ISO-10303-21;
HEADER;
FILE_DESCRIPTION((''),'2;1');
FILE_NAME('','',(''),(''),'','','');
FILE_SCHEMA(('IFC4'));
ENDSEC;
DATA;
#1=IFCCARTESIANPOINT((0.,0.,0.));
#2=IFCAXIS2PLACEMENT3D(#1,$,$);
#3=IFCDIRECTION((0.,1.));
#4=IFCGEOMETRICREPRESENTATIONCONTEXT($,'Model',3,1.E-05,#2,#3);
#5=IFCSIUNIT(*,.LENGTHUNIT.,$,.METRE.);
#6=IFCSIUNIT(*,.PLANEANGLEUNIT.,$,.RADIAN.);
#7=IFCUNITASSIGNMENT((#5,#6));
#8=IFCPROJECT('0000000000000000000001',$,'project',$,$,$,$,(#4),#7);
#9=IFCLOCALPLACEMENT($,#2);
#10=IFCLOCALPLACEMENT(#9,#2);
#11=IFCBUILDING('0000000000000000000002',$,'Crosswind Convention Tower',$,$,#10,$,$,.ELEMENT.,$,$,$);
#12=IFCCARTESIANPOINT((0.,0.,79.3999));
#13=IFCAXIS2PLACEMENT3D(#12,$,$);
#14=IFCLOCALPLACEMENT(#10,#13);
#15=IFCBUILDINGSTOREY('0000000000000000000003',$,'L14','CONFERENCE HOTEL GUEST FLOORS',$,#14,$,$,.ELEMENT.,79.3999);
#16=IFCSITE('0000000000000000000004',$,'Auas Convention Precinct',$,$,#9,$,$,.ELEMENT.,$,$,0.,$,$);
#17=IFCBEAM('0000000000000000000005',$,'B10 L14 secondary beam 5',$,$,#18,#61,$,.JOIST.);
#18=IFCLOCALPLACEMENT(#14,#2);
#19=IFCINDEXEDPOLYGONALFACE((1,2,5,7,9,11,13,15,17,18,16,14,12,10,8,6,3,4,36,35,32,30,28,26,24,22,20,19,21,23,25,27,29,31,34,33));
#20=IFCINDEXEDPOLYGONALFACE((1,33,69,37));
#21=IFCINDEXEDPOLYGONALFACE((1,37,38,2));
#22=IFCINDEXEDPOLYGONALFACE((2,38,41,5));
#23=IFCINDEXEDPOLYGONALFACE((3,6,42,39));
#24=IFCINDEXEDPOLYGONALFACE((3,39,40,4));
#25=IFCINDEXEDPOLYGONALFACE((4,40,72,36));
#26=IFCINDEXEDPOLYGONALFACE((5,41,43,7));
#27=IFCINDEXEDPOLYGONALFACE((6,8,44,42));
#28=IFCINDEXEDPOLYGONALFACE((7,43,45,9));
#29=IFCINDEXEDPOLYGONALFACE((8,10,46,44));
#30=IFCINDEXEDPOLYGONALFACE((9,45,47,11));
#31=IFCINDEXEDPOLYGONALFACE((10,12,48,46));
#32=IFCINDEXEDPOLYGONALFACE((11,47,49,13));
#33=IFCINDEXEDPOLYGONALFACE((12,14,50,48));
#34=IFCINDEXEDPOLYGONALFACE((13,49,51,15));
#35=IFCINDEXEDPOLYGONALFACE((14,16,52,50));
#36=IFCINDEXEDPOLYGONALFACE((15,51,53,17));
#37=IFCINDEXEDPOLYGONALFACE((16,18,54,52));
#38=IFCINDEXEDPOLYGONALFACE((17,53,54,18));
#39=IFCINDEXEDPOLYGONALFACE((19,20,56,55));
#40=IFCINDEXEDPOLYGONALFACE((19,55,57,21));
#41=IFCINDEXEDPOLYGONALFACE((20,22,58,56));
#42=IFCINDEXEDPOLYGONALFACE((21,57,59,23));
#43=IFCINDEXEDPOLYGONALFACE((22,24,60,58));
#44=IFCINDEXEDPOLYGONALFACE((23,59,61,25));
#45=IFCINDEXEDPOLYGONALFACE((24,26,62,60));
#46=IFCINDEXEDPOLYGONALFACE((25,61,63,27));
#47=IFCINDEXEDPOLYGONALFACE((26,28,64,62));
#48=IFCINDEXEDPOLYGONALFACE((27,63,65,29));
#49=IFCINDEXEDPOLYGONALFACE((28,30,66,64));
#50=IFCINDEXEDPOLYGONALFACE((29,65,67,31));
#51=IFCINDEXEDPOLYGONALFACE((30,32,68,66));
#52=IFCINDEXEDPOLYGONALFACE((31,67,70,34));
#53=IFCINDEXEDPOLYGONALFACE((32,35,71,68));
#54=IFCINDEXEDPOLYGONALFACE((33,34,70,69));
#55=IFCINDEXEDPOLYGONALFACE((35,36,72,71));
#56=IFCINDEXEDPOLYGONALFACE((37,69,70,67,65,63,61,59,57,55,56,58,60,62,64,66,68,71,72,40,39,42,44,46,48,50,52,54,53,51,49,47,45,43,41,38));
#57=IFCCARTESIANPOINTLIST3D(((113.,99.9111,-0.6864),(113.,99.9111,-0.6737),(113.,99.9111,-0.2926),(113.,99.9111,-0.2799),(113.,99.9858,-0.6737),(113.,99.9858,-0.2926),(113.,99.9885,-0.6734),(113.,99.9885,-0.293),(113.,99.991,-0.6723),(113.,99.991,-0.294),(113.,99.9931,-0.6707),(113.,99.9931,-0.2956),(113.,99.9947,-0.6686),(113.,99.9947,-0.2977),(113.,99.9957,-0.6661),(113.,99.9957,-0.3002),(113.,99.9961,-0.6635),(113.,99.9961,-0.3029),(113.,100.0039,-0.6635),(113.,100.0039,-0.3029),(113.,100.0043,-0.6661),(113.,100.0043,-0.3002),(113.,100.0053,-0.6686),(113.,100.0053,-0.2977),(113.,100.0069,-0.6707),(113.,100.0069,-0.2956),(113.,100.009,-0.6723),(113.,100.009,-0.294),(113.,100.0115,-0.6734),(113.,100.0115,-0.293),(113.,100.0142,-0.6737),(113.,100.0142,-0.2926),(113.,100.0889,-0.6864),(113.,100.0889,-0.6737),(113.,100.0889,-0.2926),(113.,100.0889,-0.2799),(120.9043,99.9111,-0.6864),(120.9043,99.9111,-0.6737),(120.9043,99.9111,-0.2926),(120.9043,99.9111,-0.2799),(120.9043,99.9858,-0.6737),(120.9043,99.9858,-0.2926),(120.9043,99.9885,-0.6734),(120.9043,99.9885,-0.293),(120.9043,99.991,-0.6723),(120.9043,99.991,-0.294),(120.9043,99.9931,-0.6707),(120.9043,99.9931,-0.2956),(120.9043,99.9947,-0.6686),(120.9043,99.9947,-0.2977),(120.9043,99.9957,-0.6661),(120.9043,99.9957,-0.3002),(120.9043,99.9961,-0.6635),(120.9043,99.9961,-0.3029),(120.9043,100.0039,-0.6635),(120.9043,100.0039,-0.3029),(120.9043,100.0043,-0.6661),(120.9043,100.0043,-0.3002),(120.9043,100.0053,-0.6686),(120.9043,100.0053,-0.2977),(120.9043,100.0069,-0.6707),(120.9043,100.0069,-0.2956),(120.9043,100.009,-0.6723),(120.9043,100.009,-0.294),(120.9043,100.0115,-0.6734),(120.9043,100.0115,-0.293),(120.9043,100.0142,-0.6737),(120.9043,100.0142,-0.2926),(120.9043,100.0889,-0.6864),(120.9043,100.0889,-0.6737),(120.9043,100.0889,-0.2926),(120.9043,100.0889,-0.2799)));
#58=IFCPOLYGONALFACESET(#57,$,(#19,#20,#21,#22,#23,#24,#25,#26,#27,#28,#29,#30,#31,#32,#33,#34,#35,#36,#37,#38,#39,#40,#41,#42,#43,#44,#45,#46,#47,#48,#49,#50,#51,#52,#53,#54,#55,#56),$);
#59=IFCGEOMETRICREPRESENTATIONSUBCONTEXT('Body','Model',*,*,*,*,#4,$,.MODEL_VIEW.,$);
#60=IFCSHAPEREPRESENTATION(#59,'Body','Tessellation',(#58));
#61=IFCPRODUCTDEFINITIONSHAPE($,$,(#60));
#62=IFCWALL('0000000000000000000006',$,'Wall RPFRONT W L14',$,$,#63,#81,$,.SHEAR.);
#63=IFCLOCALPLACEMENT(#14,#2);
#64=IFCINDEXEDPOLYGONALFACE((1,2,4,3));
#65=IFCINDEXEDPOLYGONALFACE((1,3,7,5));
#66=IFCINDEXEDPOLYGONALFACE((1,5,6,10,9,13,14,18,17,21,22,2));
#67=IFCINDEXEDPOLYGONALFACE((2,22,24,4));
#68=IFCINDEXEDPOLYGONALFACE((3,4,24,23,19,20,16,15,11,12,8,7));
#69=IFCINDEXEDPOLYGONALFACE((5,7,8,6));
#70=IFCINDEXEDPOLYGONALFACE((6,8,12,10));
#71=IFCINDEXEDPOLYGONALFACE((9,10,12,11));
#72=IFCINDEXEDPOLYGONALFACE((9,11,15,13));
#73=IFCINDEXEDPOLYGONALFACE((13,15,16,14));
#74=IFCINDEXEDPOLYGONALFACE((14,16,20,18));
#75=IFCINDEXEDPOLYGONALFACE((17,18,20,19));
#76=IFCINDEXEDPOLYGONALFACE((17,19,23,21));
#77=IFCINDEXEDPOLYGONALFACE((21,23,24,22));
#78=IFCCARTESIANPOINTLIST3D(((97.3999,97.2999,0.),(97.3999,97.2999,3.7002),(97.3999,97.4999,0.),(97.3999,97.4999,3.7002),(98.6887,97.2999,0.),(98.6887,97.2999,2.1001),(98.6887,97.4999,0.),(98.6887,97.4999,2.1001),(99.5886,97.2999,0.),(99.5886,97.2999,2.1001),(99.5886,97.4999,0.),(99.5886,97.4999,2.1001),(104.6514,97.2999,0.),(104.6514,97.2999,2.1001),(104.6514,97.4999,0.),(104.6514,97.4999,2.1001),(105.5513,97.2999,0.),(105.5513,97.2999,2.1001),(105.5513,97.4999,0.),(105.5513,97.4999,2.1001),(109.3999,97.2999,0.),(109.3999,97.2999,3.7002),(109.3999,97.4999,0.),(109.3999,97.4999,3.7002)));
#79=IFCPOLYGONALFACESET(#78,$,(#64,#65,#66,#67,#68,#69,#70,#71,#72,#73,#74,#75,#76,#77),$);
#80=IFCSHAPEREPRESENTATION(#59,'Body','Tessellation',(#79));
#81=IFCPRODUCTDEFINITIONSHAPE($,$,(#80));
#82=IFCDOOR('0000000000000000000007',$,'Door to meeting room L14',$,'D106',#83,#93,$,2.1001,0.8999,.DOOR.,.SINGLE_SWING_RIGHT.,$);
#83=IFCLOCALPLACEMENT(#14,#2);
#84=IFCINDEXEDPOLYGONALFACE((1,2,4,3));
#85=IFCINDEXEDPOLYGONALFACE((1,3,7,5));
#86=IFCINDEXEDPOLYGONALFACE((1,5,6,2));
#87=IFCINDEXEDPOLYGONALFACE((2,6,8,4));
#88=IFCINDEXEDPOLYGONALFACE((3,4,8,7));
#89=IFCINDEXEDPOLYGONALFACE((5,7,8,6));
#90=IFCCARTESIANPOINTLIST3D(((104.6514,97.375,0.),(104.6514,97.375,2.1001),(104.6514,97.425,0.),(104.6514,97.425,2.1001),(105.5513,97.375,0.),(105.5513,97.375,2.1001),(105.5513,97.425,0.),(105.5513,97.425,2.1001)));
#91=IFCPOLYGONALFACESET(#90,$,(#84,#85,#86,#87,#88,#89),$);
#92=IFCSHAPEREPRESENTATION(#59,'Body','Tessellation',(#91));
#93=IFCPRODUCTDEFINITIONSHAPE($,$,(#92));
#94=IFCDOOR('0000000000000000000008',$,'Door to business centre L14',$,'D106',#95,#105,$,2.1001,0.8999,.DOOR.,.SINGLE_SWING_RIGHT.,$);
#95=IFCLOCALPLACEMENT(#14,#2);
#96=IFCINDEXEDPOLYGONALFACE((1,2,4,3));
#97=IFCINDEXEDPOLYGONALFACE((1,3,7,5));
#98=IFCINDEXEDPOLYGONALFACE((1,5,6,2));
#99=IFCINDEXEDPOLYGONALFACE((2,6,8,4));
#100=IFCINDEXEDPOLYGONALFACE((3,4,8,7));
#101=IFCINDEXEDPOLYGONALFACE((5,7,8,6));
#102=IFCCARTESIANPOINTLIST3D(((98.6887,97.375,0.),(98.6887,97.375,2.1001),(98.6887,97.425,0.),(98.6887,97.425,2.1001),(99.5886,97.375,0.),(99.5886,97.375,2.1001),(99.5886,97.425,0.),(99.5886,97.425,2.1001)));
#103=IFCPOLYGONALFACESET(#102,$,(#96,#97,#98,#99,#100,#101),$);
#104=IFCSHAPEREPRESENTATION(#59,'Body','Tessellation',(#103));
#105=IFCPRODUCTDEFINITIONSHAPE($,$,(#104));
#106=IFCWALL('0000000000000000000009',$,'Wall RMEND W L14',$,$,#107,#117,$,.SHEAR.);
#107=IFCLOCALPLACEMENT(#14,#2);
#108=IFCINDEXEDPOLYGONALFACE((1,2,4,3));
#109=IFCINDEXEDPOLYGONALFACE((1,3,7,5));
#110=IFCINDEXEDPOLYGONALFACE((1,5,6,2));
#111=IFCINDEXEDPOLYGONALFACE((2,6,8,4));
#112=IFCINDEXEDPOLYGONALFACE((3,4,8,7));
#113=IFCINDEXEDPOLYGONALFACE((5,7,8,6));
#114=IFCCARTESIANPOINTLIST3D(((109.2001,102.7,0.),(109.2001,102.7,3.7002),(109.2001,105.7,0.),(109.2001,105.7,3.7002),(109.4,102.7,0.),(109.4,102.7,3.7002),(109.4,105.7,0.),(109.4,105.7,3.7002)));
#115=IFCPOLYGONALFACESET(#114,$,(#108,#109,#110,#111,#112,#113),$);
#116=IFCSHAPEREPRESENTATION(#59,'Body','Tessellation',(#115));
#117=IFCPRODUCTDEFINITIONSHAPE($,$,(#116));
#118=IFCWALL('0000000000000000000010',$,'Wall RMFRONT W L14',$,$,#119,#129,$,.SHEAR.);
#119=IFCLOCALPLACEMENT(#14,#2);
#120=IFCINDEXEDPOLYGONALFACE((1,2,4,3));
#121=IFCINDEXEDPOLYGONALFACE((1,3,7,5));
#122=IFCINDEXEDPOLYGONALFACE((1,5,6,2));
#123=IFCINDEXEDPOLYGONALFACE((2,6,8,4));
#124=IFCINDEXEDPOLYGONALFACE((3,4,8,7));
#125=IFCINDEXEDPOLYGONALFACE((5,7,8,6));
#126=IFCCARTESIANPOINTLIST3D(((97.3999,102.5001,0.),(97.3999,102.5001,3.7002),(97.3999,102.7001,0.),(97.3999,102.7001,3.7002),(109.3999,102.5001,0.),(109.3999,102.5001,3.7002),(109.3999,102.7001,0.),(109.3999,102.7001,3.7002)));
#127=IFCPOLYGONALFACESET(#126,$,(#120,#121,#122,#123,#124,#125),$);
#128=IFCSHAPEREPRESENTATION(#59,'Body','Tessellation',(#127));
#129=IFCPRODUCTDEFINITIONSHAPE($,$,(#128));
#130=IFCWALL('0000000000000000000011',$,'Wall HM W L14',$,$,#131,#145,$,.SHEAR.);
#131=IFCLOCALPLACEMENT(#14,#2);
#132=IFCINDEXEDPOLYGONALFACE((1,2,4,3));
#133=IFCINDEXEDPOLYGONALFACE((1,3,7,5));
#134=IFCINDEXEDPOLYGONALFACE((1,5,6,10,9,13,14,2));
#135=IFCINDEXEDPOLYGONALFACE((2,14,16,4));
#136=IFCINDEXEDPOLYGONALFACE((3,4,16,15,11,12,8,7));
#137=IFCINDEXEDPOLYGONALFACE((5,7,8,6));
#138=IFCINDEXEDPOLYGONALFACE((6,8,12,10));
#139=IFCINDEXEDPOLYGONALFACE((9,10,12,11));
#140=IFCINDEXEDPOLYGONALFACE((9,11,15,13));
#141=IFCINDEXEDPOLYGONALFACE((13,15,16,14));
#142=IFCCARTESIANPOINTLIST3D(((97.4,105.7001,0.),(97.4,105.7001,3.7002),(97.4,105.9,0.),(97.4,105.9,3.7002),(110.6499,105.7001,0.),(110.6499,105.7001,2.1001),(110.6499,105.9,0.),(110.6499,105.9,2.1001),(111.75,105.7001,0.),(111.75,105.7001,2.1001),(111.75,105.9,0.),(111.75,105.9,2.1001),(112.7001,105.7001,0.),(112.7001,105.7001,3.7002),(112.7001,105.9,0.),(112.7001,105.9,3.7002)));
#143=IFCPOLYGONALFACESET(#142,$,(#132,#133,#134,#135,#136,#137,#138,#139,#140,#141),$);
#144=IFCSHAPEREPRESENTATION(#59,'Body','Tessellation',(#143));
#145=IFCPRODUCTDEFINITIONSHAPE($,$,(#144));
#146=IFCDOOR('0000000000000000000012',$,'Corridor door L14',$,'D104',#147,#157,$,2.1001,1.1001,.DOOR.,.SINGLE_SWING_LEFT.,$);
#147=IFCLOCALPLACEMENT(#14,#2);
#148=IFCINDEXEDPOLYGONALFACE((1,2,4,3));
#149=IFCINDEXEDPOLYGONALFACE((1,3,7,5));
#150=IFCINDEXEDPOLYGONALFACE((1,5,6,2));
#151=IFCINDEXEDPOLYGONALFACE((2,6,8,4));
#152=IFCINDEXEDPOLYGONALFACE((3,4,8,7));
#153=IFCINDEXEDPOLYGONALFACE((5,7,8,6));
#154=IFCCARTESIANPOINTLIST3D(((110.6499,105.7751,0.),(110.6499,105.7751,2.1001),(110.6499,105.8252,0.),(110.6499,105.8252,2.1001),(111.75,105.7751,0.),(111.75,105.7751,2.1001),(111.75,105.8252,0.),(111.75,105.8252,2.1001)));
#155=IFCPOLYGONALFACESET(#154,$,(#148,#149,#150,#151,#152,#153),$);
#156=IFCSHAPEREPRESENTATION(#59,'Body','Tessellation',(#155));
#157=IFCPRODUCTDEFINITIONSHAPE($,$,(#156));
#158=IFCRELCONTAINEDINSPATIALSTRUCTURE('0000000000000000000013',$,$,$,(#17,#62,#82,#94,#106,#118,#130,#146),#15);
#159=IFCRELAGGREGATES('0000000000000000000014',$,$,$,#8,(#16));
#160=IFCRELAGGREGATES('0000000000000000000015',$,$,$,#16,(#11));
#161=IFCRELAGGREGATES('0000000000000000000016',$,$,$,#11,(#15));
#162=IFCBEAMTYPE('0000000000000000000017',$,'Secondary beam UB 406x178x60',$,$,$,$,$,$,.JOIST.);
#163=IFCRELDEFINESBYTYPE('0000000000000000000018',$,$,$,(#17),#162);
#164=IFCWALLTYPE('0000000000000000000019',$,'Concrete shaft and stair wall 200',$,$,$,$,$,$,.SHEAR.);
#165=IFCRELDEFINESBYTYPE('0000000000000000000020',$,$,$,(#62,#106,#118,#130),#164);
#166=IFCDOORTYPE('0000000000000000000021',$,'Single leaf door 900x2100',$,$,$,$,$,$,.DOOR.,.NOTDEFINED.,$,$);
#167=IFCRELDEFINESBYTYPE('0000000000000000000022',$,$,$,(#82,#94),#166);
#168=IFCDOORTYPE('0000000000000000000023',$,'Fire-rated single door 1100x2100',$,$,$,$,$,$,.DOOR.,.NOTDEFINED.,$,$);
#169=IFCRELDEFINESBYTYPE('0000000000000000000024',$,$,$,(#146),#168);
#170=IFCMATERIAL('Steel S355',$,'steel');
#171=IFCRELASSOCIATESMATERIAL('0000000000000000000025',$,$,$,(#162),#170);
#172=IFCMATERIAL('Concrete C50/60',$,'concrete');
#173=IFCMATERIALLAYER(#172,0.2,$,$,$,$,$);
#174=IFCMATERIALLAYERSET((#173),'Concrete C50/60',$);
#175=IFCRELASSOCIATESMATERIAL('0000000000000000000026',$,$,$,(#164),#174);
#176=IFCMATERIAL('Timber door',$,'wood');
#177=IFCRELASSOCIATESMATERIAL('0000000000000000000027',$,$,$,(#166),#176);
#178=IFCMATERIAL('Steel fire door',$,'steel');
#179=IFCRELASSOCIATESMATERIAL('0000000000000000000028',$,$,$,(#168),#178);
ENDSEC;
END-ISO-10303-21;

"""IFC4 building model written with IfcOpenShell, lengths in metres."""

from ifc_helpers import new_model, si_unit, direction, frame, frame_2d, origin, origin_2d, place, context, subcontext, project, spatial, rectangle, i_section, extrude, material, layer, layer_set, material_profile, profile_set, type_object, element, fill, save


model = new_model("IFC4")

# Units and contexts
model_context = context("Model", 3, precision=1e-05, world=origin(), true_north=direction((0.0, 1.0)))
body_context = subcontext(model_context, "Body", "Model", "MODEL_VIEW")
ifc_project = project(units=[si_unit("LENGTHUNIT", "METRE"), si_unit("PLANEANGLEUNIT", "RADIAN")], contexts=[model_context])

# Site, building, storey
site_placement = place(None, origin())
site = spatial("IfcSite", under=ifc_project, at=site_placement, Name="Auas Convention Precinct", CompositionType="ELEMENT", RefElevation=0.0)
building_placement = place(site_placement, origin())
building = spatial("IfcBuilding", under=site, at=building_placement, Name="Crosswind Convention Tower", CompositionType="ELEMENT")
storey_placement = place(building_placement, frame((0.0, 0.0, 79.3999)))
storey = spatial("IfcBuildingStorey", under=building, at=storey_placement, Name="L14", Description="CONFERENCE HOTEL GUEST FLOORS", CompositionType="ELEMENT", Elevation=79.3999)

# Beam
ifc_material_1 = material(Name="Steel S355", Category="steel")
ifc_material_profile = material_profile(ifc_material_1, i_section(OverallWidth=0.1777, OverallDepth=0.4065, WebThickness=0.0078, FlangeThickness=0.0127, FilletRadius=0.0103, at=origin_2d()), Name="UB 406x178x60")
ifc_profile_set = profile_set([ifc_material_profile], Name="Steel S355")
beam_type = type_object("IfcBeamType", Name="Secondary beam UB 406x178x60", PredefinedType="JOIST", material=ifc_profile_set)
beam_placement = place(storey_placement, frame((113.0, 100.0, -0.4832), z_axis=(1.0, 0.0, 0.0), x_axis=(0.0, 1.0, 0.0)))
element("IfcBeam", 1, at=beam_placement, inside=storey, type_object=beam_type, Name="B10 L14 secondary beam 5", PredefinedType="JOIST", context=body_context, shape_type="SweptSolid", body=[
    extrude(i_section(OverallWidth=0.1777, OverallDepth=0.4065, WebThickness=0.0078, FlangeThickness=0.0127, FilletRadius=0.0103, at=origin_2d()), origin(), (0.0, 0.0, 1.0), 7.9043),
])

# Wall, openings, doors
ifc_material_2 = material(Name="Concrete C50/60", Category="concrete")
ifc_layer_1 = layer(ifc_material_2, 0.2)
ifc_layer_set_1 = layer_set([ifc_layer_1], Name="Concrete C50/60")
wall_type_1 = type_object("IfcWallType", Name="Concrete shaft and stair wall 200", PredefinedType="SHEAR", material=ifc_layer_set_1)
wall_1_placement = place(storey_placement, frame((109.3999, 97.3999, 0.0), z_axis=(0.0, 0.0, 1.0), x_axis=(-1.0, 0.0, 0.0)))
wall_1 = element("IfcWall", 2, at=wall_1_placement, inside=storey, type_object=wall_type_1, Name="Wall RPFRONT W L14", PredefinedType="SHEAR", context=body_context, shape_type="SweptSolid", body=[
    extrude(rectangle(XDim=12.0, YDim=0.2, at=frame_2d((6.0, 0.0))), origin(), (0.0, 0.0, 1.0), 3.7002),
])
opening_1_placement = place(wall_1_placement, frame((3.8486, 0.0, 0.0)))
opening_1 = element("IfcOpeningElement", 3, at=opening_1_placement, cuts=wall_1, PredefinedType="OPENING", context=body_context, shape_type="SweptSolid", body=[
    extrude(rectangle(XDim=0.8999, YDim=2.1001, at=frame_2d((0.45, 1.05))), frame((0.0, 0.1099, 0.0), z_axis=(0.0, -1.0, 0.0), x_axis=(1.0, 0.0, 0.0)), (0.0, 0.0, 1.0), 0.22),
])
opening_2_placement = place(wall_1_placement, frame((9.8113, 0.0, 0.0)))
opening_2 = element("IfcOpeningElement", 4, at=opening_2_placement, cuts=wall_1, PredefinedType="OPENING", context=body_context, shape_type="SweptSolid", body=[
    extrude(rectangle(XDim=0.8999, YDim=2.1001, at=frame_2d((0.45, 1.05))), frame((0.0, 0.1099, 0.0), z_axis=(0.0, -1.0, 0.0), x_axis=(1.0, 0.0, 0.0)), (0.0, 0.0, 1.0), 0.22),
])
ifc_material_3 = material(Name="Timber door", Category="wood")
door_type_1 = type_object("IfcDoorType", Name="Single leaf door 900x2100", OperationType="NOTDEFINED", PredefinedType="DOOR", material=ifc_material_3)
door_1_placement = place(opening_1_placement, origin())
door_1 = element("IfcDoor", 5, at=door_1_placement, inside=storey, type_object=door_type_1, Name="Door to meeting room L14", ObjectType="D106", OperationType="SINGLE_SWING_RIGHT", OverallHeight=2.1001, OverallWidth=0.8999, PredefinedType="DOOR", context=body_context, shape_type="SweptSolid", body=[
    extrude(rectangle(XDim=0.8999, YDim=2.1001, at=frame_2d((0.45, 1.05))), frame((0.0, 0.0249, 0.0), z_axis=(0.0, -1.0, 0.0), x_axis=(1.0, 0.0, 0.0)), (0.0, 0.0, 1.0), 0.05),
])
fill(opening_1, door_1)
door_2_placement = place(opening_2_placement, origin())
door_2 = element("IfcDoor", 6, at=door_2_placement, inside=storey, type_object=door_type_1, Name="Door to business centre L14", ObjectType="D106", OperationType="SINGLE_SWING_RIGHT", OverallHeight=2.1001, OverallWidth=0.8999, PredefinedType="DOOR", context=body_context, shape_type="SweptSolid", body=[
    extrude(rectangle(XDim=0.8999, YDim=2.1001, at=frame_2d((0.45, 1.05))), frame((0.0, 0.0249, 0.0), z_axis=(0.0, -1.0, 0.0), x_axis=(1.0, 0.0, 0.0)), (0.0, 0.0, 1.0), 0.05),
])
fill(opening_2, door_2)

# Walls
wall_2_placement = place(storey_placement, frame((109.3, 105.7, 0.0), z_axis=(0.0, 0.0, 1.0), x_axis=(0.0, -1.0, 0.0)))
element("IfcWall", 7, at=wall_2_placement, inside=storey, type_object=wall_type_1, Name="Wall RMEND W L14", PredefinedType="SHEAR", context=body_context, shape_type="SweptSolid", body=[
    extrude(rectangle(XDim=3.0, YDim=0.2, at=frame_2d((1.5, 0.0))), origin(), (0.0, 0.0, 1.0), 3.7002),
])
wall_3_placement = place(storey_placement, frame((109.3999, 102.6001, 0.0), z_axis=(0.0, 0.0, 1.0), x_axis=(-1.0, 0.0, 0.0)))
element("IfcWall", 8, at=wall_3_placement, inside=storey, type_object=wall_type_1, Name="Wall RMFRONT W L14", PredefinedType="SHEAR", context=body_context, shape_type="SweptSolid", body=[
    extrude(rectangle(XDim=12.0, YDim=0.2, at=frame_2d((6.0, 0.0))), origin(), (0.0, 0.0, 1.0), 3.7002),
])

# Wall, opening, door
wall_4_placement = place(storey_placement, frame((112.7, 105.8, 0.0), z_axis=(0.0, 0.0, 1.0), x_axis=(-1.0, 0.0, 0.0)))
wall_4 = element("IfcWall", 9, at=wall_4_placement, inside=storey, type_object=wall_type_1, Name="Wall HM W L14", PredefinedType="SHEAR", context=body_context, shape_type="SweptSolid", body=[
    extrude(rectangle(XDim=15.3, YDim=0.2, at=frame_2d((7.6499, 0.0))), origin(), (0.0, 0.0, 1.0), 3.7002),
])
opening_3_placement = place(wall_4_placement, frame((0.95, 0.0, 0.0)))
opening_3 = element("IfcOpeningElement", 10, at=opening_3_placement, cuts=wall_4, PredefinedType="OPENING", context=body_context, shape_type="SweptSolid", body=[
    extrude(rectangle(XDim=1.1001, YDim=2.1001, at=frame_2d((0.55, 1.05))), frame((0.0, 0.1099, 0.0), z_axis=(0.0, -1.0, 0.0), x_axis=(1.0, 0.0, 0.0)), (0.0, 0.0, 1.0), 0.22),
])
ifc_material_4 = material(Name="Steel fire door", Category="steel")
door_type_2 = type_object("IfcDoorType", Name="Fire-rated single door 1100x2100", OperationType="NOTDEFINED", PredefinedType="DOOR", material=ifc_material_4)
door_3_placement = place(opening_3_placement, origin())
door_3 = element("IfcDoor", 11, at=door_3_placement, inside=storey, type_object=door_type_2, Name="Corridor door L14", ObjectType="D104", OperationType="SINGLE_SWING_LEFT", OverallHeight=2.1001, OverallWidth=1.1001, PredefinedType="DOOR", context=body_context, shape_type="SweptSolid", body=[
    extrude(rectangle(XDim=1.1001, YDim=2.1001, at=frame_2d((0.55, 1.05))), frame((0.0, 0.0249, 0.0), z_axis=(0.0, -1.0, 0.0), x_axis=(1.0, 0.0, 0.0)), (0.0, 0.0, 1.0), 0.05),
])
fill(opening_3, door_3)

save(model, "model.ifc")
